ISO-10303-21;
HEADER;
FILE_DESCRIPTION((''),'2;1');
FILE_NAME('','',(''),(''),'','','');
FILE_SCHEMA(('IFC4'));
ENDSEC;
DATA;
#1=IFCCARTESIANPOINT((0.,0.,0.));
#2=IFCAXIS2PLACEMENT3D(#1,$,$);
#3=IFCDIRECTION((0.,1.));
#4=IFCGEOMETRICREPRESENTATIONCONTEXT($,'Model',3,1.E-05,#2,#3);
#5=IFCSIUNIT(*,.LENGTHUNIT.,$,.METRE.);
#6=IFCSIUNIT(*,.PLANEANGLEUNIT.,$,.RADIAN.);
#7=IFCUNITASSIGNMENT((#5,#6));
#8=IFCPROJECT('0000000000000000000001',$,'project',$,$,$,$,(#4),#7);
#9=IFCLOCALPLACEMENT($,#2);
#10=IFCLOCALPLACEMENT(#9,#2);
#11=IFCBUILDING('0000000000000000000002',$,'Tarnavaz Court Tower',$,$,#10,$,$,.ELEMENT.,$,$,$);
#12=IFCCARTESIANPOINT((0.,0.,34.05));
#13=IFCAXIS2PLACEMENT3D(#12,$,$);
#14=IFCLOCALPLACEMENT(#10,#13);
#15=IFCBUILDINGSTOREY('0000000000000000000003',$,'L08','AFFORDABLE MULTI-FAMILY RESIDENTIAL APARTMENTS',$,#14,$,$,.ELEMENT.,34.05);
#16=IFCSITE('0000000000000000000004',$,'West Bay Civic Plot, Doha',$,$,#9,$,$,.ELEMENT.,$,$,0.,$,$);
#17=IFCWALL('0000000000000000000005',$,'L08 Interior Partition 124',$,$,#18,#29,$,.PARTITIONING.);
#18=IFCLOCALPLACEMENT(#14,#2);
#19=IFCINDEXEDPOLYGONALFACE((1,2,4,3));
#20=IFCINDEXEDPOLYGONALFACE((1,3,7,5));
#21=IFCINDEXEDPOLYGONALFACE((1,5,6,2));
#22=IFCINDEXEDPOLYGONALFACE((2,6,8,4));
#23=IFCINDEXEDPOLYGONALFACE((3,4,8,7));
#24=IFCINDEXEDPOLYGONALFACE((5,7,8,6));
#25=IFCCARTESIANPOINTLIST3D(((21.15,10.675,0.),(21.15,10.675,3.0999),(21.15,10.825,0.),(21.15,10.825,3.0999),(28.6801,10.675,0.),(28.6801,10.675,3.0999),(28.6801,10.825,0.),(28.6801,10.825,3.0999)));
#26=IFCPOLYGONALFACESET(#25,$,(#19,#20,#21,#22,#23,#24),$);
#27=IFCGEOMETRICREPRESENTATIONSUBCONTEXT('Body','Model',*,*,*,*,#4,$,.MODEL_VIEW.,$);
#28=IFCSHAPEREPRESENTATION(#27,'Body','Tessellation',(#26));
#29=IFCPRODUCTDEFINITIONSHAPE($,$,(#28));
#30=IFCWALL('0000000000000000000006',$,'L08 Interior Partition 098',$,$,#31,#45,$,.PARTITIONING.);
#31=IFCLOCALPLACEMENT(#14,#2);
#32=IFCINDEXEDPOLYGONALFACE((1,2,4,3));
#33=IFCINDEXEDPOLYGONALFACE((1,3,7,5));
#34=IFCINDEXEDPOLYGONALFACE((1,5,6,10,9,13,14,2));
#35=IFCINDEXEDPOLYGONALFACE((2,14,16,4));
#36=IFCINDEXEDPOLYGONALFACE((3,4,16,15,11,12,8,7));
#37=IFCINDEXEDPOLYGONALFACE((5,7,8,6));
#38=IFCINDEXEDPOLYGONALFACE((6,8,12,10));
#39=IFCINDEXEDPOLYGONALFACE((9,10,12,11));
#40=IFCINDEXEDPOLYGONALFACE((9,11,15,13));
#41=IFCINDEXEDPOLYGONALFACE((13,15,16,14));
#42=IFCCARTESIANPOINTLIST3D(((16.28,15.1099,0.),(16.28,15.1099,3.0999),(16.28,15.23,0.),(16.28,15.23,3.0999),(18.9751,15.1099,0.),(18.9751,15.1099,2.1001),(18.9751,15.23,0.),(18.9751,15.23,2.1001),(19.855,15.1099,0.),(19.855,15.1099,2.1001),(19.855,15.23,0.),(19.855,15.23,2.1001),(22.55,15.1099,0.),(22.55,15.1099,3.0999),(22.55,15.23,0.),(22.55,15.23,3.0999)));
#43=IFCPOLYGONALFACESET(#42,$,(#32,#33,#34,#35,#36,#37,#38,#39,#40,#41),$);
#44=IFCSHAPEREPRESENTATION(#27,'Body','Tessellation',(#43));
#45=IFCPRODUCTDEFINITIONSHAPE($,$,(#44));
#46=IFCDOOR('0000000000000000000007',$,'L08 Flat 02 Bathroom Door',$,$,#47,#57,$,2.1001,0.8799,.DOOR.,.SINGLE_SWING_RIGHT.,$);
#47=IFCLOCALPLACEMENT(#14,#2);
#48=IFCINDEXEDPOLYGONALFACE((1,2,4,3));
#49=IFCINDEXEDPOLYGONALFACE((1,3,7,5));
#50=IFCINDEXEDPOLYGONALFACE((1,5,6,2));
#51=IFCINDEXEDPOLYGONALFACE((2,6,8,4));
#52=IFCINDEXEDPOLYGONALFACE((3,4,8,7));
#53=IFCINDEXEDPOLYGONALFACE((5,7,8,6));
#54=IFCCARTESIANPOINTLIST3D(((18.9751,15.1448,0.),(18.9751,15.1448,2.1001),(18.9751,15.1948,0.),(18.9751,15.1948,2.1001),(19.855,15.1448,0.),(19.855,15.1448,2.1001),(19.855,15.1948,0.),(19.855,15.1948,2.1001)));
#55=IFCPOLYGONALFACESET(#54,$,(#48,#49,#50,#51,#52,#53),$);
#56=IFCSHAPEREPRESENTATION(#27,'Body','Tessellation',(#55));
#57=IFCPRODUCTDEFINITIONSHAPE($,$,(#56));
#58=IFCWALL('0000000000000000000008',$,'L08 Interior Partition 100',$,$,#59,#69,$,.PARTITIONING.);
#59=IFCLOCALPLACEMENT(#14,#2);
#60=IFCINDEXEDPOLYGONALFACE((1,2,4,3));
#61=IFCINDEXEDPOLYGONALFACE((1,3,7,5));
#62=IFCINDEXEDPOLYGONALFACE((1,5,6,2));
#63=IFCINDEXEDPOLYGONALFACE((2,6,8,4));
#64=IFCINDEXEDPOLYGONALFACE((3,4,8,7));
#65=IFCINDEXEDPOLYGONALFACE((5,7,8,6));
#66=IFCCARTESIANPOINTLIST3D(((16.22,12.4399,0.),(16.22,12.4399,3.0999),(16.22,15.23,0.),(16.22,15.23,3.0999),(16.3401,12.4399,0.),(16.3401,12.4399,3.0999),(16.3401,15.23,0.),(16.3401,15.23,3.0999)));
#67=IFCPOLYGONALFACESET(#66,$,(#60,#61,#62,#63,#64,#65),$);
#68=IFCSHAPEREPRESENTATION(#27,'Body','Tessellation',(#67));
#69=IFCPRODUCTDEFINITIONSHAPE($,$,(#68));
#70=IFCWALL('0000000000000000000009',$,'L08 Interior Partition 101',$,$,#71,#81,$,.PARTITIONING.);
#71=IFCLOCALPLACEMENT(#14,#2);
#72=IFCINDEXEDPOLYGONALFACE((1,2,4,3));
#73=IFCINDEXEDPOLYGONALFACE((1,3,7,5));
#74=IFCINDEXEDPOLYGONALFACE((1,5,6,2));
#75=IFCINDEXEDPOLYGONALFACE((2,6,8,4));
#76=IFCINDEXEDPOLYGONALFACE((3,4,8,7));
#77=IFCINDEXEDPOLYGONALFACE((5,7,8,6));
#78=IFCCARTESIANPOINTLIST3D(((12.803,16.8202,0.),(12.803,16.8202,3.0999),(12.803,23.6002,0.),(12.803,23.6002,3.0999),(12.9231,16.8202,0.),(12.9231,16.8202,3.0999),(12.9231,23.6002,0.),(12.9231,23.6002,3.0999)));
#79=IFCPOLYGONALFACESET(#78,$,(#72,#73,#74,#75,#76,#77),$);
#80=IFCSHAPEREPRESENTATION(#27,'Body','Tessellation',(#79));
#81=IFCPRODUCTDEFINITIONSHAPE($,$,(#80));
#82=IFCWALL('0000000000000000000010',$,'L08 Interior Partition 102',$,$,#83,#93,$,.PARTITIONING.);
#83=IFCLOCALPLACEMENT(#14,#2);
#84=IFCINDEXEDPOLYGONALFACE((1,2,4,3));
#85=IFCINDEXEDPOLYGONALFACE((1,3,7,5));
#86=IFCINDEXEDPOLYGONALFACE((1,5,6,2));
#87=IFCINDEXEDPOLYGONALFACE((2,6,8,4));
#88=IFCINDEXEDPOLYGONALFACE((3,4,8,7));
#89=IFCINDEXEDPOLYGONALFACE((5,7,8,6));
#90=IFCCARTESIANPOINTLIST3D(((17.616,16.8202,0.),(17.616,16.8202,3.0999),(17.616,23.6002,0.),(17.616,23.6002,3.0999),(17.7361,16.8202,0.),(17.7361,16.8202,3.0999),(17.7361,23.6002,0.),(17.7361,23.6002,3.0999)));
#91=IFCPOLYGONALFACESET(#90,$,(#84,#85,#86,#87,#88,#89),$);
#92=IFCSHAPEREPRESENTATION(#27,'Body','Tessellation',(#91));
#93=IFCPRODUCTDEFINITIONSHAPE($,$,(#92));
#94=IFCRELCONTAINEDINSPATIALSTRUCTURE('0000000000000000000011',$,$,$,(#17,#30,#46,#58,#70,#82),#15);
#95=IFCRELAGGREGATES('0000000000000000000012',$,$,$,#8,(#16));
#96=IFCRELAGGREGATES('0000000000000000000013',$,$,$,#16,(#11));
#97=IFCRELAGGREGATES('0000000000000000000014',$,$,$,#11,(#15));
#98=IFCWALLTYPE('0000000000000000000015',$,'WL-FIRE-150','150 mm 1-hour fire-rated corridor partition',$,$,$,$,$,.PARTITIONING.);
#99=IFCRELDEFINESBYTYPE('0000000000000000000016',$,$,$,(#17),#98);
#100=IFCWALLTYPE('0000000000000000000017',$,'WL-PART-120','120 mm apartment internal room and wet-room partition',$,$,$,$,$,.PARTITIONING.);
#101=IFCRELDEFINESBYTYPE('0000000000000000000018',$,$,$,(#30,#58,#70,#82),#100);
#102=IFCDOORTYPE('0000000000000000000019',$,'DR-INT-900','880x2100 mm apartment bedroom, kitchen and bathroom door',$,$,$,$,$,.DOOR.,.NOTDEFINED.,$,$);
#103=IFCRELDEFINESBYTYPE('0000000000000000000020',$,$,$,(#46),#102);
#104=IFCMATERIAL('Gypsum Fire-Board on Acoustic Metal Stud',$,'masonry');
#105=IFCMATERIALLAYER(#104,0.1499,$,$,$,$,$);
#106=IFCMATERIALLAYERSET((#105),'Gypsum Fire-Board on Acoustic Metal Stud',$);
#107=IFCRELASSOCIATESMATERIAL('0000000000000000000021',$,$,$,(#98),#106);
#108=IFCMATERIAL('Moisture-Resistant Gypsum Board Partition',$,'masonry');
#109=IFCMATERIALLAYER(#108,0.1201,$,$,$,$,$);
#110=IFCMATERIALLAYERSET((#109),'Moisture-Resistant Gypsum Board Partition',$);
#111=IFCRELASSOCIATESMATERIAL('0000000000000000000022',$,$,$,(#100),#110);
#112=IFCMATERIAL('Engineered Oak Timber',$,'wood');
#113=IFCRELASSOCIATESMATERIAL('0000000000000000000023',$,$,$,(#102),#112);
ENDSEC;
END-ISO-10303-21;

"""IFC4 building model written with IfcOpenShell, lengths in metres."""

from ifc_helpers import new_model, si_unit, direction, frame, frame_2d, origin, place, context, subcontext, project, spatial, rectangle, extrude, material, layer, layer_set, type_object, element, fill, save


model = new_model("IFC4")

# Units and contexts
model_context = context("Model", 3, precision=1e-05, world=origin(), true_north=direction((0.0, 1.0)))
body_context = subcontext(model_context, "Body", "Model", "MODEL_VIEW")
ifc_project = project(units=[si_unit("LENGTHUNIT", "METRE"), si_unit("PLANEANGLEUNIT", "RADIAN")], contexts=[model_context])

# Site, building, storey
site_placement = place(None, origin())
site = spatial("IfcSite", under=ifc_project, at=site_placement, Name="West Bay Civic Plot, Doha", CompositionType="ELEMENT", RefElevation=0.0)
building_placement = place(site_placement, origin())
building = spatial("IfcBuilding", under=site, at=building_placement, Name="Tarnavaz Court Tower", CompositionType="ELEMENT")
storey_placement = place(building_placement, frame((0.0, 0.0, 34.05)))
storey = spatial("IfcBuildingStorey", under=building, at=storey_placement, Name="L08", Description="AFFORDABLE MULTI-FAMILY RESIDENTIAL APARTMENTS", CompositionType="ELEMENT", Elevation=34.05)

# Wall
ifc_material_1 = material(Name="Gypsum Fire-Board on Acoustic Metal Stud", Category="masonry")
ifc_layer_1 = layer(ifc_material_1, 0.1499)
ifc_layer_set_1 = layer_set([ifc_layer_1], Name="Gypsum Fire-Board on Acoustic Metal Stud")
wall_type_1 = type_object("IfcWallType", Name="WL-FIRE-150", Description="150 mm 1-hour fire-rated corridor partition", PredefinedType="PARTITIONING", material=ifc_layer_set_1)
wall_1_placement = place(storey_placement, frame((21.1499, 10.75, 0.0), z_axis=(0.0, 0.0, 1.0), x_axis=(1.0, 0.0, 0.0)))
element("IfcWall", 1, at=wall_1_placement, inside=storey, type_object=wall_type_1, Name="L08 Interior Partition 124", PredefinedType="PARTITIONING", context=body_context, shape_type="SweptSolid", body=[
    extrude(rectangle(XDim=7.53, YDim=0.1499, at=frame_2d((3.7651, 0.0))), origin(), (0.0, 0.0, 1.0), 3.0999),
])

# Wall, opening, door
ifc_material_2 = material(Name="Moisture-Resistant Gypsum Board Partition", Category="masonry")
ifc_layer_2 = layer(ifc_material_2, 0.1201)
ifc_layer_set_2 = layer_set([ifc_layer_2], Name="Moisture-Resistant Gypsum Board Partition")
wall_type_2 = type_object("IfcWallType", Name="WL-PART-120", Description="120 mm apartment internal room and wet-room partition", PredefinedType="PARTITIONING", material=ifc_layer_set_2)
wall_2_placement = place(storey_placement, frame((16.28, 15.1699, 0.0), z_axis=(0.0, 0.0, 1.0), x_axis=(1.0, 0.0, 0.0)))
wall_2 = element("IfcWall", 2, at=wall_2_placement, inside=storey, type_object=wall_type_2, Name="L08 Interior Partition 098", PredefinedType="PARTITIONING", context=body_context, shape_type="SweptSolid", body=[
    extrude(rectangle(XDim=6.27, YDim=0.1201, at=frame_2d((3.135, 0.0))), origin(), (0.0, 0.0, 1.0), 3.0999),
])
opening_placement = place(wall_2_placement, frame((2.6951, 0.0, 0.0)))
opening = element("IfcOpeningElement", 3, at=opening_placement, cuts=wall_2, PredefinedType="OPENING", context=body_context, shape_type="SweptSolid", body=[
    extrude(rectangle(XDim=0.8799, YDim=2.1001, at=frame_2d((0.4399, 1.05))), frame((0.0, 0.0701, 0.0), z_axis=(0.0, -1.0, 0.0), x_axis=(1.0, 0.0, 0.0)), (0.0, 0.0, 1.0), 0.1401),
])
ifc_material_3 = material(Name="Engineered Oak Timber", Category="wood")
door_type = type_object("IfcDoorType", Name="DR-INT-900", Description="880x2100 mm apartment bedroom, kitchen and bathroom door", OperationType="NOTDEFINED", PredefinedType="DOOR", material=ifc_material_3)
door_placement = place(opening_placement, origin())
door = element("IfcDoor", 4, at=door_placement, inside=storey, type_object=door_type, Name="L08 Flat 02 Bathroom Door", OperationType="SINGLE_SWING_RIGHT", OverallHeight=2.1001, OverallWidth=0.8799, PredefinedType="DOOR", context=body_context, shape_type="SweptSolid", body=[
    extrude(rectangle(XDim=0.8799, YDim=2.1001, at=frame_2d((0.4399, 1.05))), frame((0.0, 0.0249, 0.0), z_axis=(0.0, -1.0, 0.0), x_axis=(1.0, 0.0, 0.0)), (0.0, 0.0, 1.0), 0.05),
])
fill(opening, door)

# Walls
wall_3_placement = place(storey_placement, frame((16.28, 12.4399, 0.0), z_axis=(0.0, 0.0, 1.0), x_axis=(0.0, 1.0, 0.0)))
element("IfcWall", 5, at=wall_3_placement, inside=storey, type_object=wall_type_2, Name="L08 Interior Partition 100", PredefinedType="PARTITIONING", context=body_context, shape_type="SweptSolid", body=[
    extrude(rectangle(XDim=2.79, YDim=0.1201, at=frame_2d((1.395, 0.0))), origin(), (0.0, 0.0, 1.0), 3.0999),
])
for number, where, z_axis, x_axis, name in (
    (6, (12.863, 16.8201, 0.0), (0.0, 0.0, 1.0), (0.0, 1.0, 0.0), "L08 Interior Partition 101"),
    (7, (17.676, 16.8201, 0.0), (0.0, 0.0, 1.0), (0.0, 1.0, 0.0), "L08 Interior Partition 102"),
):
    element("IfcWall", number, at=place(storey_placement, frame(where, z_axis=z_axis, x_axis=x_axis)), inside=storey, type_object=wall_type_2, Name=name, PredefinedType="PARTITIONING", context=body_context, shape_type="SweptSolid", body=[
        extrude(rectangle(XDim=6.78, YDim=0.1201, at=frame_2d((3.3901, 0.0))), origin(), (0.0, 0.0, 1.0), 3.0999),
    ])

save(model, "model.ifc")
